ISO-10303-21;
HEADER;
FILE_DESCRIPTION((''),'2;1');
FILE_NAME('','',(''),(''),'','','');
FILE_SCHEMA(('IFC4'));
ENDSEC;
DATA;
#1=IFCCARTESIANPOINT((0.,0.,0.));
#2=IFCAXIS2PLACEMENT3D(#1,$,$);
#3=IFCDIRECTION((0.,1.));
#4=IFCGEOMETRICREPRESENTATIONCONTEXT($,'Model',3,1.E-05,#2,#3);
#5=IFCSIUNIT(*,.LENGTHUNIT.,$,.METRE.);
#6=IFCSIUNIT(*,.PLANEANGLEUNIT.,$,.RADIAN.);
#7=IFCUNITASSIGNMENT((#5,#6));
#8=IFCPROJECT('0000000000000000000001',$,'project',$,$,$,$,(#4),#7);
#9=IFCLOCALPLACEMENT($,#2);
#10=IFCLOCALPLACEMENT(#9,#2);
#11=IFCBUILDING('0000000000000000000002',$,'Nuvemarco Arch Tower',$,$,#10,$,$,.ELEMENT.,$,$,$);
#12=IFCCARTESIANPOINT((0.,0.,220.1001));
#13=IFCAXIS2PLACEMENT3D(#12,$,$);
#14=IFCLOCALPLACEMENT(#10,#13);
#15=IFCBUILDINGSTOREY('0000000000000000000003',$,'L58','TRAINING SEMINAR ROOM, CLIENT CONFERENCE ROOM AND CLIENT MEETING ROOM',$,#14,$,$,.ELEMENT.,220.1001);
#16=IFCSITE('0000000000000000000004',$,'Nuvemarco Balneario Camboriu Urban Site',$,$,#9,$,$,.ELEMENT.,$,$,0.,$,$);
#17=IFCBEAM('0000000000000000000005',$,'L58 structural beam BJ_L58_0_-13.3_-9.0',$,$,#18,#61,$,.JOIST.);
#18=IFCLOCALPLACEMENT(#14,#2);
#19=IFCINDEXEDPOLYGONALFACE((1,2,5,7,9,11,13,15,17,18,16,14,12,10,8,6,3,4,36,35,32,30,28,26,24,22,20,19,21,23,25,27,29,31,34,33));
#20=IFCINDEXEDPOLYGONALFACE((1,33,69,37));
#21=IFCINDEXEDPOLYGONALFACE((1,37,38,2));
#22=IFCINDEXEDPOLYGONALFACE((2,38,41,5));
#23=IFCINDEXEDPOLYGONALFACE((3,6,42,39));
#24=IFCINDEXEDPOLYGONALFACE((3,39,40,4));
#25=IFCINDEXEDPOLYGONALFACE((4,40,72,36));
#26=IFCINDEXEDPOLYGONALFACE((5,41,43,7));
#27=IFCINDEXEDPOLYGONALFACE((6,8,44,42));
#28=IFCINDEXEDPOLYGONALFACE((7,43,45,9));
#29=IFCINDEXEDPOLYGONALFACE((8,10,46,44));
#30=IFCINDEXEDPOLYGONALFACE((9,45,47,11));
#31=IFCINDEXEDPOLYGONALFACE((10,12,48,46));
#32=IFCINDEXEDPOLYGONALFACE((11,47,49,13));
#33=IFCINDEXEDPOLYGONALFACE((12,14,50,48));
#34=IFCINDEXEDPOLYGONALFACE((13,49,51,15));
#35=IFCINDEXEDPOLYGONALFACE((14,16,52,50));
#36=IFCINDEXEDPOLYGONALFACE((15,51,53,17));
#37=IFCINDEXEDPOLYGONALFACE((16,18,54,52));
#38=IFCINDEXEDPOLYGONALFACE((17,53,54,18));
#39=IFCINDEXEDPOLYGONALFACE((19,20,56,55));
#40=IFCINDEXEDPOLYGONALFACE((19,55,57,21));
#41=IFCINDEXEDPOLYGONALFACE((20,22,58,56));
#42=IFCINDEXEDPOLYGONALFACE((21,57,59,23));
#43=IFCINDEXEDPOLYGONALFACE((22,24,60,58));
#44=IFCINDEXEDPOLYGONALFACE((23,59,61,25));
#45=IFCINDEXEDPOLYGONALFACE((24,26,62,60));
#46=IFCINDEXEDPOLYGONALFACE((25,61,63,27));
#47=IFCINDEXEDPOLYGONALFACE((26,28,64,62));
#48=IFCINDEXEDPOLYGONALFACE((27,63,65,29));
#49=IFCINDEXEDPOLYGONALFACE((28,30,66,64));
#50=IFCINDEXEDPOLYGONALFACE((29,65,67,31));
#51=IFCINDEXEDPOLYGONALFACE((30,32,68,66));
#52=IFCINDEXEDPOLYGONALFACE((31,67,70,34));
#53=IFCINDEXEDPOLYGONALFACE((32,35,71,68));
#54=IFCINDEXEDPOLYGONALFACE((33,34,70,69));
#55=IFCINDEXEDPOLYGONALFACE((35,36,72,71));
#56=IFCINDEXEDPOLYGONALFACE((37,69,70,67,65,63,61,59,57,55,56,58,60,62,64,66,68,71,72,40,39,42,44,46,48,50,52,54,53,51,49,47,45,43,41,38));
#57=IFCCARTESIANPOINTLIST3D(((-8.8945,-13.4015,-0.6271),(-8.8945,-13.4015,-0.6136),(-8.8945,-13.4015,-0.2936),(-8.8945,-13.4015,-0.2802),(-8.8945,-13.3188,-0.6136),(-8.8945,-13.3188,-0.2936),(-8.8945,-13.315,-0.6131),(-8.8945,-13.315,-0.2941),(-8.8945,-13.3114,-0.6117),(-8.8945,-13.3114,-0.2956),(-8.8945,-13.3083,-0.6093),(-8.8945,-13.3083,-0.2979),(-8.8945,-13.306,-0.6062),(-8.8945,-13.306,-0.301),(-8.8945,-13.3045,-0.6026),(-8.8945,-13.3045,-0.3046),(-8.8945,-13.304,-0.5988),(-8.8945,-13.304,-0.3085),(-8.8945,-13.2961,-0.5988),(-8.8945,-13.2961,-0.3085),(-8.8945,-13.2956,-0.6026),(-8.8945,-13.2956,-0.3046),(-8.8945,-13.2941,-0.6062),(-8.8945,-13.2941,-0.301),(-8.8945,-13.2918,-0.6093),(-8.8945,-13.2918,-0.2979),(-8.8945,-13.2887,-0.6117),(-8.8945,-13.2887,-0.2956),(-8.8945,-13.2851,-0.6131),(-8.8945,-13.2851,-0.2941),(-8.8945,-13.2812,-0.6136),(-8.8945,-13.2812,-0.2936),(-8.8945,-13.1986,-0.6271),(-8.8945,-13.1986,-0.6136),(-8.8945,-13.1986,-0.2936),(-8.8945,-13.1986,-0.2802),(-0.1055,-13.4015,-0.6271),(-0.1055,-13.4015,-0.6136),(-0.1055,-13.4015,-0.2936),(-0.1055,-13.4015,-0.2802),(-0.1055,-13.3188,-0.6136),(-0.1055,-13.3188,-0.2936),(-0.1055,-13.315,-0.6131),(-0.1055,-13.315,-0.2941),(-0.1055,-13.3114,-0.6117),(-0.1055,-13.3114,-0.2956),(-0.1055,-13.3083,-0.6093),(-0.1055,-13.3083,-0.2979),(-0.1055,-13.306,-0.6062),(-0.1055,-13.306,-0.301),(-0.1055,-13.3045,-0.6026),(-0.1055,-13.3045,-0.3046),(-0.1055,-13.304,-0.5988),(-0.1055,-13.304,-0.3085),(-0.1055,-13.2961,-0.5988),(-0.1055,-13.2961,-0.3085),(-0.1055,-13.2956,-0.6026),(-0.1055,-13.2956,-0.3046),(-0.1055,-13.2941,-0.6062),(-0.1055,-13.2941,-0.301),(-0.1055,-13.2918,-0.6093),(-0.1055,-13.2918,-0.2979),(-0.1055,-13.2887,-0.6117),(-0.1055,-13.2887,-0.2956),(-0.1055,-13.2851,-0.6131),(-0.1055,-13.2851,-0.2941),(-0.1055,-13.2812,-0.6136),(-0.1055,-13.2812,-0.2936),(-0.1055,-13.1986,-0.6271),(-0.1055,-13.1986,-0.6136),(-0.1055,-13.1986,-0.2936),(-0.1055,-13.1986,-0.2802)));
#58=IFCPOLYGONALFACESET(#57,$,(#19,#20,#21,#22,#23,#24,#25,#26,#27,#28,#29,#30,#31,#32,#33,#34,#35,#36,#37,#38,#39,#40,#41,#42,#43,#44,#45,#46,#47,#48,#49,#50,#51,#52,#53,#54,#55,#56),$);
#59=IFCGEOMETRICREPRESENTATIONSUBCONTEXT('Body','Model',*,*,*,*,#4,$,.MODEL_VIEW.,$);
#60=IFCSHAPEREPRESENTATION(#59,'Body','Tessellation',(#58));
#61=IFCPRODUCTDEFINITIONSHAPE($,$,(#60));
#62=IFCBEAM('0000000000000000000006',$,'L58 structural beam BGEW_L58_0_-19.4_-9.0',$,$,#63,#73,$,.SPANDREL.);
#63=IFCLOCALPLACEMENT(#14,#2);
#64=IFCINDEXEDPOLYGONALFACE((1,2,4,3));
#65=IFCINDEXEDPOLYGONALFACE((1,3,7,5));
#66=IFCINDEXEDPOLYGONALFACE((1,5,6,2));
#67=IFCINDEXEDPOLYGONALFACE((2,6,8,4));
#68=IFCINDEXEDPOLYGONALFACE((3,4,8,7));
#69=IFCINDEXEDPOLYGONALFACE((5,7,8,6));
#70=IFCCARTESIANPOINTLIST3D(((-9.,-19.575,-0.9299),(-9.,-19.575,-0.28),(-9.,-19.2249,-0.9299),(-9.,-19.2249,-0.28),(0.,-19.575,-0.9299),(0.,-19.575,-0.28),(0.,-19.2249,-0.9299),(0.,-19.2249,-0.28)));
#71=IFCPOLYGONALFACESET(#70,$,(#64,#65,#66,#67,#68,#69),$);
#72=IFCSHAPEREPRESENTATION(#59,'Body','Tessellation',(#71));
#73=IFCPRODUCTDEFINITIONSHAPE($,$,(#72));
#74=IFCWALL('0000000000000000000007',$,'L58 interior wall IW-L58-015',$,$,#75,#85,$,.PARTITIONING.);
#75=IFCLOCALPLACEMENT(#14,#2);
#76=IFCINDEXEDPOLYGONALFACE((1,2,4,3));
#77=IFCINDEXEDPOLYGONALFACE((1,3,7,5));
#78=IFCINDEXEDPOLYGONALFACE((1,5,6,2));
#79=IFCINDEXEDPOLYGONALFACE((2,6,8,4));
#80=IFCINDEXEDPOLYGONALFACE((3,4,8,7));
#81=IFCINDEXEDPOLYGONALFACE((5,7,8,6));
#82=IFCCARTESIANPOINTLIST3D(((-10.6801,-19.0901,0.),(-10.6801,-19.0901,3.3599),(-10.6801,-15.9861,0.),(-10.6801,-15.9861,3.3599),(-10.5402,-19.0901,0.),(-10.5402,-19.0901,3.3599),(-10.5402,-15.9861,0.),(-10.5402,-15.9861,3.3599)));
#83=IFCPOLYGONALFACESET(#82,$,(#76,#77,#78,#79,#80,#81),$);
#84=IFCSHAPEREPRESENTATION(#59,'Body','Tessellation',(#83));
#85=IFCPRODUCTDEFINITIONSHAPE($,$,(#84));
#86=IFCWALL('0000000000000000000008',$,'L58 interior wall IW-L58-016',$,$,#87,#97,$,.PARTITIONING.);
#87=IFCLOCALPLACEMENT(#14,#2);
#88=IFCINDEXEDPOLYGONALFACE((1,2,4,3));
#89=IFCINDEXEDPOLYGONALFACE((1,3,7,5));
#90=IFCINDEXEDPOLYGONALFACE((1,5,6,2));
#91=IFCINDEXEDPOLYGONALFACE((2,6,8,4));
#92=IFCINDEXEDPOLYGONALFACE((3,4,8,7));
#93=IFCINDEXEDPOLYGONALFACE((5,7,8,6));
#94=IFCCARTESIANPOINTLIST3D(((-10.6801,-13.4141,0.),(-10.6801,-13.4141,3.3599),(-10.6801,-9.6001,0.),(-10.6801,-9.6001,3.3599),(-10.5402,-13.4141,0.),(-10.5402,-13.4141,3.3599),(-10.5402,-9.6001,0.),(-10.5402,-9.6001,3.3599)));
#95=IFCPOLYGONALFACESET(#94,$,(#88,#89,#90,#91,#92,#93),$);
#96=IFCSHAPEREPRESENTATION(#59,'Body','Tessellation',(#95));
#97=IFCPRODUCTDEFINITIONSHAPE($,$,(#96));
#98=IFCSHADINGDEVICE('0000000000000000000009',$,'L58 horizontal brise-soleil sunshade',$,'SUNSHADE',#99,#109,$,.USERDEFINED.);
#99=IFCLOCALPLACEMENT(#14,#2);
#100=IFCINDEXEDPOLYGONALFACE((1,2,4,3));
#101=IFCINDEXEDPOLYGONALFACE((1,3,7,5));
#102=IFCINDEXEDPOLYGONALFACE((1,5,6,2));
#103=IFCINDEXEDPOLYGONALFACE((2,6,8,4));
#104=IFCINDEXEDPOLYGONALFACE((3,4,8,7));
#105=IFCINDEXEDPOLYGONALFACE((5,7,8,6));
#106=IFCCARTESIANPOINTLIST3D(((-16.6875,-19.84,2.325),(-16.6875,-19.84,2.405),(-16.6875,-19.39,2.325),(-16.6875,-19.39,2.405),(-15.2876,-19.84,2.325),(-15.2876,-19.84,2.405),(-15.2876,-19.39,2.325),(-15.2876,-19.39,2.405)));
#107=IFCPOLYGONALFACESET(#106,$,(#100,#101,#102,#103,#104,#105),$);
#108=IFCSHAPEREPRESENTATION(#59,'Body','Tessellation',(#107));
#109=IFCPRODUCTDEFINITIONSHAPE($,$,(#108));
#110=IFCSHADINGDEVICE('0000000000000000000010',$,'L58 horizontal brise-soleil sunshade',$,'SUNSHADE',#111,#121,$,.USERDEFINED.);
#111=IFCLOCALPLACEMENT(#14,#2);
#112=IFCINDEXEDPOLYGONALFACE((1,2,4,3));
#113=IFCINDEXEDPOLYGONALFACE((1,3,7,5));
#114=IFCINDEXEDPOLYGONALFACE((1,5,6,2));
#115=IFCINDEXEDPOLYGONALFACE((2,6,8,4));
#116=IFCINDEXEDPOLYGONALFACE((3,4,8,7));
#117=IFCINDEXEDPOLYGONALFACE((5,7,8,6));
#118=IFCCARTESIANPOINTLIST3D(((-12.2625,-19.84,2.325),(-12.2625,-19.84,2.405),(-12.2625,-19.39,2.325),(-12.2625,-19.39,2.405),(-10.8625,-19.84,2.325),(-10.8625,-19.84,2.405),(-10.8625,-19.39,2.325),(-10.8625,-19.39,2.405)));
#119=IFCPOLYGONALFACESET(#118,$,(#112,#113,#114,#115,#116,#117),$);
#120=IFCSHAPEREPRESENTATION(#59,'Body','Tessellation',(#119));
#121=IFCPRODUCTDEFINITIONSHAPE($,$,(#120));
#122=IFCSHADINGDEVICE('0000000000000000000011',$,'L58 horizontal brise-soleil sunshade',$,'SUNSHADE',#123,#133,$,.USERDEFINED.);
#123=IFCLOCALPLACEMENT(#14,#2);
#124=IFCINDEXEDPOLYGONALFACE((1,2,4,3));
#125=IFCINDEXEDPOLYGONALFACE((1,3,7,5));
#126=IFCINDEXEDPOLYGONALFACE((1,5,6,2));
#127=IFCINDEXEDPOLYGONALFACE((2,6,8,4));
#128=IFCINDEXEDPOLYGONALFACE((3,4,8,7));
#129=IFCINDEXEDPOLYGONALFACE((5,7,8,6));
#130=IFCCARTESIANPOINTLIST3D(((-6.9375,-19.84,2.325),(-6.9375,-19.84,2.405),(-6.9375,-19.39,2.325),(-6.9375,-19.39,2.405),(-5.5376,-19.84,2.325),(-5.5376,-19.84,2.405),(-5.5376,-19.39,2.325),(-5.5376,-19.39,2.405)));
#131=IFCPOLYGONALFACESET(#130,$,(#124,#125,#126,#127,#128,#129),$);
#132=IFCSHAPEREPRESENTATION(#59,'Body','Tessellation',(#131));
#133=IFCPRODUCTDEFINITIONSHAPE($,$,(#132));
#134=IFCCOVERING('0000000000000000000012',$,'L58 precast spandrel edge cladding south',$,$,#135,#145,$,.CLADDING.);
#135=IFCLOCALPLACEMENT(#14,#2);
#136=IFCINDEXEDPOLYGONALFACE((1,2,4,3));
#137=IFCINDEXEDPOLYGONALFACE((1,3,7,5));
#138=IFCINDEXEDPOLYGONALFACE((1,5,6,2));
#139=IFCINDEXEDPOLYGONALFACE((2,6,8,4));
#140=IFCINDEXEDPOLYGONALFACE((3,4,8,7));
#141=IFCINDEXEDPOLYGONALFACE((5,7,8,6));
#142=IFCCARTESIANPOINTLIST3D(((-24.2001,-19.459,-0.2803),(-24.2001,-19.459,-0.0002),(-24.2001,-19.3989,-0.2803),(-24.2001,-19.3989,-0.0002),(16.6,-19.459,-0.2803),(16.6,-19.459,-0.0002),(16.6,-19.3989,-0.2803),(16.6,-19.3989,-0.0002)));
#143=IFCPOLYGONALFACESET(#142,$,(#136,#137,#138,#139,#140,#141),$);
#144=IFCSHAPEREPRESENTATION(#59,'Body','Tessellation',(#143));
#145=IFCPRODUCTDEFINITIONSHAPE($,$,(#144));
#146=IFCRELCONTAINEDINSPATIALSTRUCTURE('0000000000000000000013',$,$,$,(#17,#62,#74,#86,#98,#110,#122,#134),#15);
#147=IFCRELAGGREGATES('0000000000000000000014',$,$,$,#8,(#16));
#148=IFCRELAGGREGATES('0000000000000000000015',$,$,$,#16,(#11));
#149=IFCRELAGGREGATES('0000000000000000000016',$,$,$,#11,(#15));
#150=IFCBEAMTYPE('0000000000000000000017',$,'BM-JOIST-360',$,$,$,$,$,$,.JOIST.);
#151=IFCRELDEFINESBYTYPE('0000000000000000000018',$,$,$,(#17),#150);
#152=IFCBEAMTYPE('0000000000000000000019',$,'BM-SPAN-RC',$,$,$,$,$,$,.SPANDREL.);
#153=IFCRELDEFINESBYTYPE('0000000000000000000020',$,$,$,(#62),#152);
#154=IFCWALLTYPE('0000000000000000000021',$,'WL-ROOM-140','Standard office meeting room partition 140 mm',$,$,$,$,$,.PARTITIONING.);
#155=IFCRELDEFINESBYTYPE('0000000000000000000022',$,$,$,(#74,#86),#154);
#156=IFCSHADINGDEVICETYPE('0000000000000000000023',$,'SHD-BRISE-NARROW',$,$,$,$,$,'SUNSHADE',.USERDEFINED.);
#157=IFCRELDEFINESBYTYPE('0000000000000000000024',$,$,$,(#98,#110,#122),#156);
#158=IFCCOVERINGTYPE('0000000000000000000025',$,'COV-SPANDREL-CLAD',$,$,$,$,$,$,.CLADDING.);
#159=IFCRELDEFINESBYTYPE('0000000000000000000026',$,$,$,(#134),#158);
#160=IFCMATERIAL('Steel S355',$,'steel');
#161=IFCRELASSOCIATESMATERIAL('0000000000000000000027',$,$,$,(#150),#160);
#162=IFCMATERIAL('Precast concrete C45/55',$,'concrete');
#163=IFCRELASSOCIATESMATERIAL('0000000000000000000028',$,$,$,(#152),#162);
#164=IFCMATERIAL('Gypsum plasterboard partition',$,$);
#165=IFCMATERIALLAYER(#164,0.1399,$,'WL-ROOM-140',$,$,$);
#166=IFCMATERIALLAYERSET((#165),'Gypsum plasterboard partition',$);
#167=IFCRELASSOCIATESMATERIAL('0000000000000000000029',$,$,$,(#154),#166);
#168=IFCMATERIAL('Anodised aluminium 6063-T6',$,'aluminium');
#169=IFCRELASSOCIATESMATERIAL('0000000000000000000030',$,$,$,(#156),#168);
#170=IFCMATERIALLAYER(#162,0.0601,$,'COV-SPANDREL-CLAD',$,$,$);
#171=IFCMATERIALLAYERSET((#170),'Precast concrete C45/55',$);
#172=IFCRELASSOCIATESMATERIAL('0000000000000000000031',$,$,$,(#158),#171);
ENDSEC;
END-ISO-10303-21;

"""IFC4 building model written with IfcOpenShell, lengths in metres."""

from ifc_helpers import new_model, si_unit, direction, frame, frame_2d, origin, origin_2d, place, context, subcontext, project, spatial, rectangle, i_section, extrude, source, transform, mapped, material, layer, layer_set, material_profile, profile_set, type_object, type_shapes, element, save


model = new_model("IFC4")

# Units and contexts
model_context = context("Model", 3, precision=1e-05, world=origin(), true_north=direction((0.0, 1.0)))
body_context = subcontext(model_context, "Body", "Model", "MODEL_VIEW")
ifc_project = project(units=[si_unit("LENGTHUNIT", "METRE"), si_unit("PLANEANGLEUNIT", "RADIAN")], contexts=[model_context])

# Site, building, storey
site_placement = place(None, origin())
site = spatial("IfcSite", under=ifc_project, at=site_placement, Name="Nuvemarco Balneario Camboriu Urban Site", CompositionType="ELEMENT", RefElevation=0.0)
building_placement = place(site_placement, origin())
building = spatial("IfcBuilding", under=site, at=building_placement, Name="Nuvemarco Arch Tower", CompositionType="ELEMENT")
storey_placement = place(building_placement, frame((0.0, 0.0, 220.1001)))
storey = spatial("IfcBuildingStorey", under=building, at=storey_placement, Name="L58", Description="TRAINING SEMINAR ROOM, CLIENT CONFERENCE ROOM AND CLIENT MEETING ROOM", CompositionType="ELEMENT", Elevation=220.1001)

# Shared definitions
ifc_material_1 = material(Name="Steel S355", Category="steel")

# Beams
ifc_material_profile_1 = material_profile(ifc_material_1, i_section(OverallWidth=0.2029, OverallDepth=0.3469, WebThickness=0.0078, FlangeThickness=0.0134, FilletRadius=0.0149, at=origin_2d()), Name="W360x64")
ifc_profile_set_1 = profile_set([ifc_material_profile_1], Name="Steel S355")
beam_type_1 = type_object("IfcBeamType", Name="BM-JOIST-360", PredefinedType="JOIST", material=ifc_profile_set_1)
beam_1_placement = place(storey_placement, frame((-8.8945, -13.3, -0.4536), z_axis=(1.0, 0.0, 0.0), x_axis=(0.0, 1.0, 0.0)))
element("IfcBeam", 1, at=beam_1_placement, inside=storey, type_object=beam_type_1, Name="L58 structural beam BJ_L58_0_-13.3_-9.0", PredefinedType="JOIST", context=body_context, shape_type="SweptSolid", body=[
    extrude(i_section(OverallWidth=0.2029, OverallDepth=0.3469, WebThickness=0.0078, FlangeThickness=0.0134, FilletRadius=0.0149, at=origin_2d()), origin(), (0.0, 0.0, 1.0), 8.7891),
])
ifc_material_2 = material(Name="Precast concrete C45/55", Category="concrete")
ifc_material_profile_2 = material_profile(ifc_material_2, rectangle(XDim=0.3501, YDim=0.6499, at=origin_2d()), Name="PC-SP-350x650")
ifc_profile_set_2 = profile_set([ifc_material_profile_2], Name="Precast concrete C45/55")
beam_type_2 = type_object("IfcBeamType", Name="BM-SPAN-RC", PredefinedType="SPANDREL", material=ifc_profile_set_2)
beam_2_placement = place(storey_placement, frame((-9.0, -19.3999, -0.605), z_axis=(1.0, 0.0, 0.0), x_axis=(0.0, 1.0, 0.0)))
element("IfcBeam", 2, at=beam_2_placement, inside=storey, type_object=beam_type_2, Name="L58 structural beam BGEW_L58_0_-19.4_-9.0", PredefinedType="SPANDREL", context=body_context, shape_type="SweptSolid", body=[
    extrude(rectangle(XDim=0.3501, YDim=0.6499, at=origin_2d()), origin(), (0.0, 0.0, 1.0), 9.0),
])

# Walls
ifc_material_3 = material(Name="Gypsum plasterboard partition")
ifc_layer_1 = layer(ifc_material_3, 0.1399, Name="WL-ROOM-140")
ifc_layer_set_1 = layer_set([ifc_layer_1], Name="Gypsum plasterboard partition")
wall_type = type_object("IfcWallType", Name="WL-ROOM-140", Description="Standard office meeting room partition 140 mm", PredefinedType="PARTITIONING", material=ifc_layer_set_1)
wall_1_placement = place(storey_placement, frame((-10.6101, -19.0901, 0.0), z_axis=(0.0, 0.0, 1.0), x_axis=(0.0, 1.0, 0.0)))
element("IfcWall", 3, at=wall_1_placement, inside=storey, type_object=wall_type, Name="L58 interior wall IW-L58-015", PredefinedType="PARTITIONING", context=body_context, shape_type="SweptSolid", body=[
    extrude(rectangle(XDim=3.104, YDim=0.1399, at=frame_2d((1.552, 0.0))), origin(), (0.0, 0.0, 1.0), 3.3599),
])
wall_2_placement = place(storey_placement, frame((-10.6101, -13.4141, 0.0), z_axis=(0.0, 0.0, 1.0), x_axis=(0.0, 1.0, 0.0)))
element("IfcWall", 4, at=wall_2_placement, inside=storey, type_object=wall_type, Name="L58 interior wall IW-L58-016", PredefinedType="PARTITIONING", context=body_context, shape_type="SweptSolid", body=[
    extrude(rectangle(XDim=3.814, YDim=0.1399, at=frame_2d((1.907, 0.0))), origin(), (0.0, 0.0, 1.0), 3.3599),
])

# Shading devices
ifc_material_4 = material(Name="Anodised aluminium 6063-T6", Category="aluminium")
shading_device_type = type_object("IfcShadingDeviceType", Name="SHD-BRISE-NARROW", ElementType="SUNSHADE", PredefinedType="USERDEFINED", material=ifc_material_4)
shared_shape_1 = source(origin(), body_context, "Body", "SweptSolid", [
    extrude(rectangle(XDim=1.3999, YDim=0.45, at=origin_2d()), origin(), (0.0, 0.0, 1.0), 0.0801),
])
type_shapes(shading_device_type, [shared_shape_1])
for number, where, z_axis, x_axis, name in (
    (5, (-15.9875, -19.615, 2.325), (0.0, 0.0, 1.0), (1.0, 0.0, 0.0), "L58 horizontal brise-soleil sunshade"),
    (6, (-11.5625, -19.615, 2.325), (0.0, 0.0, 1.0), (1.0, 0.0, 0.0), "L58 horizontal brise-soleil sunshade"),
    (7, (-6.2375, -19.615, 2.325), (0.0, 0.0, 1.0), (1.0, 0.0, 0.0), "L58 horizontal brise-soleil sunshade"),
):
    element("IfcShadingDevice", number, at=place(storey_placement, frame(where, z_axis=z_axis, x_axis=x_axis)), inside=storey, type_object=shading_device_type, Name=name, ObjectType="SUNSHADE", PredefinedType="USERDEFINED", context=body_context, shape_type="MappedRepresentation", body=[
        mapped(shared_shape_1, transform((0.0, 0.0, 0.0), scale=1.0)),
    ])

# Covering
ifc_layer_2 = layer(ifc_material_2, 0.0601, Name="COV-SPANDREL-CLAD")
ifc_layer_set_2 = layer_set([ifc_layer_2], Name="Precast concrete C45/55")
covering_type = type_object("IfcCoveringType", Name="COV-SPANDREL-CLAD", PredefinedType="CLADDING", material=ifc_layer_set_2)
shared_shape_2 = source(origin(), body_context, "Body", "SweptSolid", [
    extrude(rectangle(XDim=40.8, YDim=0.0601, at=origin_2d()), origin(), (0.0, 0.0, 1.0), 0.28),
])
type_shapes(covering_type, [shared_shape_2])
covering_placement = place(storey_placement, frame((-3.8, -19.429, -0.2803), z_axis=(0.0, 0.0, 1.0), x_axis=(1.0, 0.0, 0.0)))
element("IfcCovering", 8, at=covering_placement, inside=storey, type_object=covering_type, Name="L58 precast spandrel edge cladding south", PredefinedType="CLADDING", context=body_context, shape_type="MappedRepresentation", body=[
    mapped(shared_shape_2, transform((0.0, 0.0, 0.0), scale=1.0)),
])

save(model, "model.ifc")
